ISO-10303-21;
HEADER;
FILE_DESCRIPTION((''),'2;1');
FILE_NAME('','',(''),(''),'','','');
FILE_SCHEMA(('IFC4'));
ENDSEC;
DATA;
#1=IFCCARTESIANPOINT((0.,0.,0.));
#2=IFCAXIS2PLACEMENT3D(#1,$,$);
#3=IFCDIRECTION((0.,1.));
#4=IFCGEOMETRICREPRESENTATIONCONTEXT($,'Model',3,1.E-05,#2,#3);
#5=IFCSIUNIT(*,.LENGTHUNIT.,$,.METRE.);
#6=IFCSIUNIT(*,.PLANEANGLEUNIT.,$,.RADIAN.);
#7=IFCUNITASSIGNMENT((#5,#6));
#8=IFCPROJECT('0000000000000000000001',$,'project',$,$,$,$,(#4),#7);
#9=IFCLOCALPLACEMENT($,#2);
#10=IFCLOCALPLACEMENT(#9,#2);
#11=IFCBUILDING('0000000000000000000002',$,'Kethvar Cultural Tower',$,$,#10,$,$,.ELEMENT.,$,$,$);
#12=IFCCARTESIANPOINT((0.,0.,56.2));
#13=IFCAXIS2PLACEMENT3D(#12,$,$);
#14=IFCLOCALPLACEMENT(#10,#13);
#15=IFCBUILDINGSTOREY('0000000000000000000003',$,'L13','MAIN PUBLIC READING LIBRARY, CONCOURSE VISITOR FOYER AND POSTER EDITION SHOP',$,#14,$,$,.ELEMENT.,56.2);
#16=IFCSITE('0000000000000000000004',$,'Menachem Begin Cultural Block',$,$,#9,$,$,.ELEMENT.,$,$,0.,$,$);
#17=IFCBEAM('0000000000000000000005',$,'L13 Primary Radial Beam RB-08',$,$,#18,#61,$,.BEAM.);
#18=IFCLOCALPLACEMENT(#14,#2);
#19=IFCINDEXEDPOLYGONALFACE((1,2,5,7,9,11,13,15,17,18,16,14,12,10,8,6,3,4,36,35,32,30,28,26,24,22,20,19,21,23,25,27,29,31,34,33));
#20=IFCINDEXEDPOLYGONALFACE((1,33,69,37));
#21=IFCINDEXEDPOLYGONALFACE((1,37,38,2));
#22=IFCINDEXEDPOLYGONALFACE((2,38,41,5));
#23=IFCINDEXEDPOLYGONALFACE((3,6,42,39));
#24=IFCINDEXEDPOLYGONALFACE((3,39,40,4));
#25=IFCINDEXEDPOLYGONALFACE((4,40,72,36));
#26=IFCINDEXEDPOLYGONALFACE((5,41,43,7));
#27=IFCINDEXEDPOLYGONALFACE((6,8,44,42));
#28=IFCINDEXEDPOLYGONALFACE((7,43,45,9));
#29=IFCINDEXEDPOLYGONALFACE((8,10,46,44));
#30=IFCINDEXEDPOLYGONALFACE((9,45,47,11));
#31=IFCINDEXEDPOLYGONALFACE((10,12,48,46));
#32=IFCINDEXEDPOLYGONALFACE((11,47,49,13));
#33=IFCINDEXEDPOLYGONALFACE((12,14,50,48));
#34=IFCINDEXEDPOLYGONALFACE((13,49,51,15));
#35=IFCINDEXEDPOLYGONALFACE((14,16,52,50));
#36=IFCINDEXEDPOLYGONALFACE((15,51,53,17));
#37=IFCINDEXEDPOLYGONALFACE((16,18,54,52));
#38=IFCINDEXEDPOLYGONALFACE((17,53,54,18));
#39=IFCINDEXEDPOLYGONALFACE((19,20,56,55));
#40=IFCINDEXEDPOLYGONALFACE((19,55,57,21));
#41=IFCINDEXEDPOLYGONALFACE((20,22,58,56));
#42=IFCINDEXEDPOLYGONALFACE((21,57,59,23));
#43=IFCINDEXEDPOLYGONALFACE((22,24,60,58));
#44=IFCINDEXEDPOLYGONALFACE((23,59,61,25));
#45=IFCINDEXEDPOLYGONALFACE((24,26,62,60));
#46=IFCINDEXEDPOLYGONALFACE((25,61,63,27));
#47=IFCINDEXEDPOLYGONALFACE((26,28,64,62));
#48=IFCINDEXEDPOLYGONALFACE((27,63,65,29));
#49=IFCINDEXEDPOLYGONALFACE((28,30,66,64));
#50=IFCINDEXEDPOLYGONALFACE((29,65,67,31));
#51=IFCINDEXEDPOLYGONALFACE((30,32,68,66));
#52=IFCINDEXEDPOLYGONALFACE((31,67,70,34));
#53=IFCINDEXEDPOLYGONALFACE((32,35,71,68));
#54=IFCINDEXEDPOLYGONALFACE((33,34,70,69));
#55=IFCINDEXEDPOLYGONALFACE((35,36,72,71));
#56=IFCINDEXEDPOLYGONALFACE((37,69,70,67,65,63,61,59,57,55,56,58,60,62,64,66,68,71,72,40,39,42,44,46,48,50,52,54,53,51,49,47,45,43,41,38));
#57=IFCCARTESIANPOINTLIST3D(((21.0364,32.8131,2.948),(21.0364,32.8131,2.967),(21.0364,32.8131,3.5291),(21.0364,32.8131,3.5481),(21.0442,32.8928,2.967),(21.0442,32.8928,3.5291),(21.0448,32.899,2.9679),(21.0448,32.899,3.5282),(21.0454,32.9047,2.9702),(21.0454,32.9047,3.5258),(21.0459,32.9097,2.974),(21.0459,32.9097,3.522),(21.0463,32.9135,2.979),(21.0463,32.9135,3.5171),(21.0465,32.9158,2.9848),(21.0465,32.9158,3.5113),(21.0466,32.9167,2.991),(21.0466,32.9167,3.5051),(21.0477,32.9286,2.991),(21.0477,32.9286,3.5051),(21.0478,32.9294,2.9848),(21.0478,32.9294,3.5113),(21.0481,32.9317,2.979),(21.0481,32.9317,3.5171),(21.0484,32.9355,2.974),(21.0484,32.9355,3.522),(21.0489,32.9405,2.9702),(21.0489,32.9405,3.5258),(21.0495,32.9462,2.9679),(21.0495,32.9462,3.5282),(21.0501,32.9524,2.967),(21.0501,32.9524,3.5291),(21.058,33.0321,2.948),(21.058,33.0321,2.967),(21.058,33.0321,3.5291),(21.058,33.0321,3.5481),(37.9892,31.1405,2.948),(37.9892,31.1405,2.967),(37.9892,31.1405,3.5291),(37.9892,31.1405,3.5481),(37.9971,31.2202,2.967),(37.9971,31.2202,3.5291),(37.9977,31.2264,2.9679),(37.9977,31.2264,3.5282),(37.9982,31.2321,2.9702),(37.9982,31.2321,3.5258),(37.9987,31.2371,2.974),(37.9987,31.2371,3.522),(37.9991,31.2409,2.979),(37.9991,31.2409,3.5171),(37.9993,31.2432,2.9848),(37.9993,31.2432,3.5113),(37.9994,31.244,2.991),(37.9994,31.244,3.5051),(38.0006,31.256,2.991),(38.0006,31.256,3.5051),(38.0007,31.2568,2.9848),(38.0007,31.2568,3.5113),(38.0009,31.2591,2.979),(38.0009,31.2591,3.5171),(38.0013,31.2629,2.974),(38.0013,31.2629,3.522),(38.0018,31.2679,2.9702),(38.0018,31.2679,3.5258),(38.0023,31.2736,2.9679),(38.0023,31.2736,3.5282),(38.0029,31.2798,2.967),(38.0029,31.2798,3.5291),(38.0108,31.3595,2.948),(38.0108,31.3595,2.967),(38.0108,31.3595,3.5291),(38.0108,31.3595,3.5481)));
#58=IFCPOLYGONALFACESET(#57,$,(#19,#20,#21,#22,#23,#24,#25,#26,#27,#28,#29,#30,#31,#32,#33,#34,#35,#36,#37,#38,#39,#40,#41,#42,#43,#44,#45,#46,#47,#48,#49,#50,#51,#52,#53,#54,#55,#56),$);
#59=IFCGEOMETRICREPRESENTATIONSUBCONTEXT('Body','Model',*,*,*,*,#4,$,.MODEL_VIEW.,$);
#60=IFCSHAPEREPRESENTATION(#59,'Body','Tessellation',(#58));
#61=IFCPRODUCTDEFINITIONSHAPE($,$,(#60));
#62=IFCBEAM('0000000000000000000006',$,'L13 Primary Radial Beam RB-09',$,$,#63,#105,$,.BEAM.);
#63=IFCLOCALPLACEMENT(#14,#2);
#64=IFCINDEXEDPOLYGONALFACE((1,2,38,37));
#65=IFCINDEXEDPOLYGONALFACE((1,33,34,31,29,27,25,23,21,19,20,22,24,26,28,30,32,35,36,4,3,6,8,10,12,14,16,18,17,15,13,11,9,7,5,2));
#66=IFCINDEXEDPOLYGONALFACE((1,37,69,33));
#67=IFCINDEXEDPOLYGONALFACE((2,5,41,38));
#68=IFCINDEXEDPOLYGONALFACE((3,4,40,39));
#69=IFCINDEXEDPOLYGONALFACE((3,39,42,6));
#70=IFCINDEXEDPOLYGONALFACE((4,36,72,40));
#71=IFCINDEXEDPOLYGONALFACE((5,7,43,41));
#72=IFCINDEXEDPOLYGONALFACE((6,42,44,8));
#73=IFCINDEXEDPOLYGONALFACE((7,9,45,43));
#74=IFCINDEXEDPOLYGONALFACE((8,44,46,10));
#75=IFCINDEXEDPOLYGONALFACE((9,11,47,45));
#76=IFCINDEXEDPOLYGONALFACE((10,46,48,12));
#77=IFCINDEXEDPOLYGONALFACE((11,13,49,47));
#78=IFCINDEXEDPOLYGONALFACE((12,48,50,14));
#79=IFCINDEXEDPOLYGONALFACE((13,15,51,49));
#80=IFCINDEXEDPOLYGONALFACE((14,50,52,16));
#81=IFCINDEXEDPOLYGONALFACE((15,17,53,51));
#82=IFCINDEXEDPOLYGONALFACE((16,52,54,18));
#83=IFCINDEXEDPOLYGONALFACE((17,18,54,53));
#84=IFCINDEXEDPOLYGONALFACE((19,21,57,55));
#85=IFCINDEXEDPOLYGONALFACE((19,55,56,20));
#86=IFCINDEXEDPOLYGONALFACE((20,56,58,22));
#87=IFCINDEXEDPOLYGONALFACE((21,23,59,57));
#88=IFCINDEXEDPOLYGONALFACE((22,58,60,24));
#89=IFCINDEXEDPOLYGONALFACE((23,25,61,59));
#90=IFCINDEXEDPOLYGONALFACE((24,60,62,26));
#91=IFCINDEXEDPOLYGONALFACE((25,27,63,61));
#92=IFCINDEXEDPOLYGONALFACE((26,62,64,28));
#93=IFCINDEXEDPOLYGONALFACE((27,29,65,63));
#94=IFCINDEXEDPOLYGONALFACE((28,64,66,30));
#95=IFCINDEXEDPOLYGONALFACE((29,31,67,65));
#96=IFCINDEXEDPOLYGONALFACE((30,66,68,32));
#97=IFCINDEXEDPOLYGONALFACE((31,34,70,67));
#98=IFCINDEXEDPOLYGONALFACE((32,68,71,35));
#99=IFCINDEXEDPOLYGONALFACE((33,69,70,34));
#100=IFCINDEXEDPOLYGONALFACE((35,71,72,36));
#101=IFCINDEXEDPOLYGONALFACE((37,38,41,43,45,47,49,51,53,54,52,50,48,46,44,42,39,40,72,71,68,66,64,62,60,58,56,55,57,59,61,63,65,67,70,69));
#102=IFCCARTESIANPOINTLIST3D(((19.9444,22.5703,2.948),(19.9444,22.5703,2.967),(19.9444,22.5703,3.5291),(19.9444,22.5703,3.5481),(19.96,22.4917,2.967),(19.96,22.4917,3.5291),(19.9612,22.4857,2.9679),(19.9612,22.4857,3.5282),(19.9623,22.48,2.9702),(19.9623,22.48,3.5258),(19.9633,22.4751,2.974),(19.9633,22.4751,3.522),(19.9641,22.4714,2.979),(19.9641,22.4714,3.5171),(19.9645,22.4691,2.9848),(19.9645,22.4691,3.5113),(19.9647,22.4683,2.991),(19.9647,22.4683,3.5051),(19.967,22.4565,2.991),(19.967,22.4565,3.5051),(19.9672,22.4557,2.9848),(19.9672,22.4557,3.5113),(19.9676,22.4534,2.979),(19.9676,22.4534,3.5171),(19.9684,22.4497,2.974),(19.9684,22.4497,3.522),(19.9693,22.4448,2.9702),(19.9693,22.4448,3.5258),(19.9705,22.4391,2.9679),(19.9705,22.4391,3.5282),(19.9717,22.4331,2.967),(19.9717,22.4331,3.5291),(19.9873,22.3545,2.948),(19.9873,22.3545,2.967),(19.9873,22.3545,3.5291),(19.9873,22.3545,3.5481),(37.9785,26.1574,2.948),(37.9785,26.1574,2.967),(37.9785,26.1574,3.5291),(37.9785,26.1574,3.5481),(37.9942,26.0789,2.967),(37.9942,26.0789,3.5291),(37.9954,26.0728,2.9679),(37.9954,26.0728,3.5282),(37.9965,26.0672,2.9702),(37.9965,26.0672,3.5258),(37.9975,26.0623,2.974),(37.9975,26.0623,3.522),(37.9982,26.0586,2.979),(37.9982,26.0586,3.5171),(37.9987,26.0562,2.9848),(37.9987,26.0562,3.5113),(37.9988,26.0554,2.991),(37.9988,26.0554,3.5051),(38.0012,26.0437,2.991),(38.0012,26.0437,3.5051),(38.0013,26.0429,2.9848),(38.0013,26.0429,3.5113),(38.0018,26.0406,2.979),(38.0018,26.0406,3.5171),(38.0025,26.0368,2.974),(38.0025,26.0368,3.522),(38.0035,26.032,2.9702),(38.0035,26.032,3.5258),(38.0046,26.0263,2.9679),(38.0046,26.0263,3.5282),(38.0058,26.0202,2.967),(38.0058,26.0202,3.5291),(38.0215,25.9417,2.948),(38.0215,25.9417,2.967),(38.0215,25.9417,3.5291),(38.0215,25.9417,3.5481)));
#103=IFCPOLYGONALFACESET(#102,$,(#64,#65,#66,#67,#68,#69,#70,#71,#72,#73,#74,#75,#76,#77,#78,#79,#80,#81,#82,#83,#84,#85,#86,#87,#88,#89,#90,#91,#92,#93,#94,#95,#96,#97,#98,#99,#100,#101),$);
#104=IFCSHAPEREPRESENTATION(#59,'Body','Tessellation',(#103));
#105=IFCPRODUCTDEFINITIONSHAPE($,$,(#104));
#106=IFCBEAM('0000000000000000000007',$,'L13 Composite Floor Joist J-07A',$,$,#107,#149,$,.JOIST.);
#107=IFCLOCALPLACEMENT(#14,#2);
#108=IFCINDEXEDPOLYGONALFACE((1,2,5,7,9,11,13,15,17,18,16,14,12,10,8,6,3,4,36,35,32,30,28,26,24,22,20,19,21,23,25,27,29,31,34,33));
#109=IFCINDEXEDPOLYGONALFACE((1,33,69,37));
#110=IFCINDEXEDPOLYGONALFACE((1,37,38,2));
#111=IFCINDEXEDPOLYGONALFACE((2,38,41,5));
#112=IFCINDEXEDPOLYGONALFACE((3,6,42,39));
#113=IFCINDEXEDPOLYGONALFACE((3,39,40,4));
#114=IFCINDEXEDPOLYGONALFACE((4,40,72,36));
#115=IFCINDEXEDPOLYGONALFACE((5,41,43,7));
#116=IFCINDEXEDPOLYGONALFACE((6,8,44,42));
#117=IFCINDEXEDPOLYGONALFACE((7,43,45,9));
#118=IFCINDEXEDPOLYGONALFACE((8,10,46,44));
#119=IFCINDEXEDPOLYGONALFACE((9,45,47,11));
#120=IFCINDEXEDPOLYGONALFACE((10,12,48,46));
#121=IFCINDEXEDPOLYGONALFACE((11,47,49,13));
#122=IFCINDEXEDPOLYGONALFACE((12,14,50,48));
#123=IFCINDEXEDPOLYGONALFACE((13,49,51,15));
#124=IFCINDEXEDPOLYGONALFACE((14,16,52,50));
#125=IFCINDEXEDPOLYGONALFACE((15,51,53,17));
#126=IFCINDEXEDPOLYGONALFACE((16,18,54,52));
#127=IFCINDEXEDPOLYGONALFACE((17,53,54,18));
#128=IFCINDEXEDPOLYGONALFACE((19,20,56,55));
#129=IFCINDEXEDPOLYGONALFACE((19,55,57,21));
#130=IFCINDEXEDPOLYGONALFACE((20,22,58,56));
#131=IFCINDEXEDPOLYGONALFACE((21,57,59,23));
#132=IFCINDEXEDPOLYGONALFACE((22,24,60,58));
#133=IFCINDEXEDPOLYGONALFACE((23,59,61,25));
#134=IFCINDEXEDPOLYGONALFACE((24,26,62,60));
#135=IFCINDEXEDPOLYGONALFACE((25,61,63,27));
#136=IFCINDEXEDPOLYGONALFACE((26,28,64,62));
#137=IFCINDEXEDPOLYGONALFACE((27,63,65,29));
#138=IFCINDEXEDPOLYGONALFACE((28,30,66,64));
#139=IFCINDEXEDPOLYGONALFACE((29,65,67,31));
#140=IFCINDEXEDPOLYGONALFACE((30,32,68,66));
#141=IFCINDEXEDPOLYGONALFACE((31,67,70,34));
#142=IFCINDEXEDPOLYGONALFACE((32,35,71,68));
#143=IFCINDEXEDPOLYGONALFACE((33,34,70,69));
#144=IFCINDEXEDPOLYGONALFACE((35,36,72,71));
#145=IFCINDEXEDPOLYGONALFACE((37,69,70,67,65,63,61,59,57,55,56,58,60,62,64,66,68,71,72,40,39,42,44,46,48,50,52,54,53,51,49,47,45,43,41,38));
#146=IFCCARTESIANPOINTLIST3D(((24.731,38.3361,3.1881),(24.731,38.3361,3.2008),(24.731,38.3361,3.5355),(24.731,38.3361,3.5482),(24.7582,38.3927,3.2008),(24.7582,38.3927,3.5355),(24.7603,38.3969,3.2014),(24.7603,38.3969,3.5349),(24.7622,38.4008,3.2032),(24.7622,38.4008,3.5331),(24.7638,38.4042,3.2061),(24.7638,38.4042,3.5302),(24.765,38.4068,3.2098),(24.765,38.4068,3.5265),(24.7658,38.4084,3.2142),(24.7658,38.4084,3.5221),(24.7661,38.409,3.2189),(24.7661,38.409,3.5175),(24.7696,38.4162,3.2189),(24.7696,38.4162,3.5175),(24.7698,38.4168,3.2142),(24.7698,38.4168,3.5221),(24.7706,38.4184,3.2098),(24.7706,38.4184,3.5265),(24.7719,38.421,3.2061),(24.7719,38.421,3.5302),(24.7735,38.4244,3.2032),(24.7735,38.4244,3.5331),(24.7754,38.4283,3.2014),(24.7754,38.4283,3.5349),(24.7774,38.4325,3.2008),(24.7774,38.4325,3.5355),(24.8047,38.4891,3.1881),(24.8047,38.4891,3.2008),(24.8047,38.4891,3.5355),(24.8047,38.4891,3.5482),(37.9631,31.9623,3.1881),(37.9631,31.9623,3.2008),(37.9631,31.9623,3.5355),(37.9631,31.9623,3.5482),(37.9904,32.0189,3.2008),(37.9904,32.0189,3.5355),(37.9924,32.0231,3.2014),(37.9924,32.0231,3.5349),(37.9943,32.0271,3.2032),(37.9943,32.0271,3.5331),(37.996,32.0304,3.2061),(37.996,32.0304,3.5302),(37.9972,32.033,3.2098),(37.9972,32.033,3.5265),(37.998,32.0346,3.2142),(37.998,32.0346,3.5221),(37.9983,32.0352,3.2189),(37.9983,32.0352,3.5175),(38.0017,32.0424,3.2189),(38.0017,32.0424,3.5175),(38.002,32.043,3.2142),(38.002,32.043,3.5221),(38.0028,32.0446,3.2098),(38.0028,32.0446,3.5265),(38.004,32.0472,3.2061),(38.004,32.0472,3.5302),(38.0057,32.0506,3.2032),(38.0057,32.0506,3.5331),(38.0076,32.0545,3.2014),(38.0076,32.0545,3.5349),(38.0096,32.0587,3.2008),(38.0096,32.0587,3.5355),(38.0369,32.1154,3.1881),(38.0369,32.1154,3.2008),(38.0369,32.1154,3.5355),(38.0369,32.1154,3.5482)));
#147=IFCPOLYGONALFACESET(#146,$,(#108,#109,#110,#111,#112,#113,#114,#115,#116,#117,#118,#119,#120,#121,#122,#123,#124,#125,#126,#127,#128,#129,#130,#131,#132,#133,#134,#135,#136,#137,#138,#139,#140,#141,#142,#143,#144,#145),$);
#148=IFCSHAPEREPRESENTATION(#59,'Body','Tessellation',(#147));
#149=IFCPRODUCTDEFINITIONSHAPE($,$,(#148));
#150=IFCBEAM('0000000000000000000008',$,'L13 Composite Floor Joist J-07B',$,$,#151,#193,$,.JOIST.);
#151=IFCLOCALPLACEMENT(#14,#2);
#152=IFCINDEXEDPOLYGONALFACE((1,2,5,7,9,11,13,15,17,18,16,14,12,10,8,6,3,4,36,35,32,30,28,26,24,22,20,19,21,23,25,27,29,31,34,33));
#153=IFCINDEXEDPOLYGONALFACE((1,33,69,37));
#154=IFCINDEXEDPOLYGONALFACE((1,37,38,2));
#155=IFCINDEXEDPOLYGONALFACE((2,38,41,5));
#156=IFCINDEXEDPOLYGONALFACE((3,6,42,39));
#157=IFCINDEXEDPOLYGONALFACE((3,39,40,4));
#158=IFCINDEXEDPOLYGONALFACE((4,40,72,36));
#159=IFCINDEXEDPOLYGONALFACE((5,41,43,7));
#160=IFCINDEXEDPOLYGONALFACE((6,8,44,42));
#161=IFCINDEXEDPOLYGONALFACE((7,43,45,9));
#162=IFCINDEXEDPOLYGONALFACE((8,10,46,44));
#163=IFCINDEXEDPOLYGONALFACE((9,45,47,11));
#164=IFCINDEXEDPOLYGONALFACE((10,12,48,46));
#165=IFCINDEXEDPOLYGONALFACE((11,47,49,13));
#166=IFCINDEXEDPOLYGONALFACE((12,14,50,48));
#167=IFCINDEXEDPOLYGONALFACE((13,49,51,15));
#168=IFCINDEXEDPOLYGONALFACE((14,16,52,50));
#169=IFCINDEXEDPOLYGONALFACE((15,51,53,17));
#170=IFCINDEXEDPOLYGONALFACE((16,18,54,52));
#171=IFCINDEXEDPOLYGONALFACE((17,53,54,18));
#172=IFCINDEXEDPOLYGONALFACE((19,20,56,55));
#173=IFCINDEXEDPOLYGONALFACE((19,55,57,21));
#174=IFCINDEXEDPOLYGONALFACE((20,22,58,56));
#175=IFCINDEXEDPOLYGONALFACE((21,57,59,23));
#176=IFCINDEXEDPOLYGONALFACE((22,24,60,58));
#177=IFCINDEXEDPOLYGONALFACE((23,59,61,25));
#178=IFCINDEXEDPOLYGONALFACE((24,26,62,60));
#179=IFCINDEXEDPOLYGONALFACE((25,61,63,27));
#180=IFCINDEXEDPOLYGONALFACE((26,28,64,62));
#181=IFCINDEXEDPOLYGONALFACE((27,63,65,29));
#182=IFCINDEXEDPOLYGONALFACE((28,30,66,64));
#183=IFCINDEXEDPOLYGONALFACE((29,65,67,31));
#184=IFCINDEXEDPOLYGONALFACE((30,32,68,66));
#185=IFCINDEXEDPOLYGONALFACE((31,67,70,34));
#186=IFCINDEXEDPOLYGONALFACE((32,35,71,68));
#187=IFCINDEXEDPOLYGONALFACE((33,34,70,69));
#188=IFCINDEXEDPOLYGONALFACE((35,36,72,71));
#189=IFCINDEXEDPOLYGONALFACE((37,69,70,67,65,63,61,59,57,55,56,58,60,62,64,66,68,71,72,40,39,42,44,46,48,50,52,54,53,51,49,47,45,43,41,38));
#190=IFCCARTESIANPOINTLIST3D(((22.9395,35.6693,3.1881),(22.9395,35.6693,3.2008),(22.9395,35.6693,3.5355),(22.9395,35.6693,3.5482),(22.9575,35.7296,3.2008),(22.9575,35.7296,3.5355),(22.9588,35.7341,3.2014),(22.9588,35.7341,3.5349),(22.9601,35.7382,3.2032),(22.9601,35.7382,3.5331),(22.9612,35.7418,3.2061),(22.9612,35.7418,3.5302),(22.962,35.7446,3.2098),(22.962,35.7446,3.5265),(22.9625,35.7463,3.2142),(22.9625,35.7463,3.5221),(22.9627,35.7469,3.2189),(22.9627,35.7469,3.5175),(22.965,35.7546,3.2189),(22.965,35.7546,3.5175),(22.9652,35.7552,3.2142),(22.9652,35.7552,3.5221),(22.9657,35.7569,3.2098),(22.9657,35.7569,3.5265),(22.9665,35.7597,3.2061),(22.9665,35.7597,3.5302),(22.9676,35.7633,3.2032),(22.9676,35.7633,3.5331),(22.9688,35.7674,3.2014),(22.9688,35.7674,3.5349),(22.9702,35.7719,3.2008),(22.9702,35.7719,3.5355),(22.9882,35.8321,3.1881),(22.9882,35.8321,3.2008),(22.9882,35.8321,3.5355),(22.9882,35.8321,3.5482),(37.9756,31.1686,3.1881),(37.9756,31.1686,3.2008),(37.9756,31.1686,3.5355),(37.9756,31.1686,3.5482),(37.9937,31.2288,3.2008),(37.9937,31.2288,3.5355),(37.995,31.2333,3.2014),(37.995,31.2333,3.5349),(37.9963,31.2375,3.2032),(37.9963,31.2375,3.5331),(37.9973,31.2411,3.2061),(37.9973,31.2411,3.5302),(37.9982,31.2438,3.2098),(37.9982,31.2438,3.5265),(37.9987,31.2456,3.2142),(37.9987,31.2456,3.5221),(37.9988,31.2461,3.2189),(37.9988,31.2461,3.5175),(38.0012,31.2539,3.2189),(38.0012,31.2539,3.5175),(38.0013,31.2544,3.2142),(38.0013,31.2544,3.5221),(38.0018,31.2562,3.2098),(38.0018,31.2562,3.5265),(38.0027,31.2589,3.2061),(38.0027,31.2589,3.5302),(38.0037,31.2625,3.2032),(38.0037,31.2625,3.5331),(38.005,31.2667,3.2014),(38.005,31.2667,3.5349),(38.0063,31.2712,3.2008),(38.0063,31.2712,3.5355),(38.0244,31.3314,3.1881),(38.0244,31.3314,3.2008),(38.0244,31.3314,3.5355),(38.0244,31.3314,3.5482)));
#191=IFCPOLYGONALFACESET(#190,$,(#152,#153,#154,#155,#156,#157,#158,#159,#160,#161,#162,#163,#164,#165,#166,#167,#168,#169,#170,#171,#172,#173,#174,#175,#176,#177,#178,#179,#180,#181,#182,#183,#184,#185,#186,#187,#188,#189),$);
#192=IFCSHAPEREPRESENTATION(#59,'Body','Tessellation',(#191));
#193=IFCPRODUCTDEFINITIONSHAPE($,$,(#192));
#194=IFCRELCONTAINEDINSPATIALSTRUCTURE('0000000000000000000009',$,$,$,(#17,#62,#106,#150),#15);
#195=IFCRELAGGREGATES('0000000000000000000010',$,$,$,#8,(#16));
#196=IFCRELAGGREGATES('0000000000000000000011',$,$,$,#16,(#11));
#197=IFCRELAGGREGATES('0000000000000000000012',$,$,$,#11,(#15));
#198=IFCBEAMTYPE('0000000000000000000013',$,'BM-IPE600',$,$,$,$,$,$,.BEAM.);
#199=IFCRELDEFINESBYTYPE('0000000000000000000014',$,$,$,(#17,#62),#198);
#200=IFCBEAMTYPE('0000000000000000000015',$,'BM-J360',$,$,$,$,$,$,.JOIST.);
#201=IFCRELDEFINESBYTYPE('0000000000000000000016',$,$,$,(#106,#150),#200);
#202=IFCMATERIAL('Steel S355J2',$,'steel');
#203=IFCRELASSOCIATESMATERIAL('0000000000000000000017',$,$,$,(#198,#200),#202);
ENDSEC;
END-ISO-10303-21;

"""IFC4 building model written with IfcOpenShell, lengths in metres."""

from ifc_helpers import new_model, si_unit, direction, frame, origin, origin_2d, place, context, subcontext, project, spatial, i_section, extrude, source, transform, mapped, material, material_profile, profile_set, type_object, element, save


model = new_model("IFC4")

# Units and contexts
model_context = context("Model", 3, precision=1e-05, world=origin(), true_north=direction((0.0, 1.0)))
body_context = subcontext(model_context, "Body", "Model", "MODEL_VIEW")
ifc_project = project(units=[si_unit("LENGTHUNIT", "METRE"), si_unit("PLANEANGLEUNIT", "RADIAN")], contexts=[model_context])

# Site, building, storey
site_placement = place(None, origin())
site = spatial("IfcSite", under=ifc_project, at=site_placement, Name="Menachem Begin Cultural Block", CompositionType="ELEMENT", RefElevation=0.0)
building_placement = place(site_placement, origin())
building = spatial("IfcBuilding", under=site, at=building_placement, Name="Kethvar Cultural Tower", CompositionType="ELEMENT")
storey_placement = place(building_placement, frame((0.0, 0.0, 56.2)))
storey = spatial("IfcBuildingStorey", under=building, at=storey_placement, Name="L13", Description="MAIN PUBLIC READING LIBRARY, CONCOURSE VISITOR FOYER AND POSTER EDITION SHOP", CompositionType="ELEMENT", Elevation=56.2)

# Beams
ifc_material_1 = material(Name="Steel S355J2", Category="steel")
ifc_material_profile_1 = material_profile(ifc_material_1, i_section(OverallWidth=0.22, OverallDepth=0.6001, WebThickness=0.012, FlangeThickness=0.019, FilletRadius=0.0239, at=origin_2d()), Name="Steel S355J2 — IPE600")
ifc_profile_set_1 = profile_set([ifc_material_profile_1], Name="Steel S355J2 — IPE600")
beam_type_1 = type_object("IfcBeamType", Name="BM-IPE600", PredefinedType="BEAM", material=ifc_profile_set_1)
shared_shape_1 = source(origin(), body_context, "Body", "SweptSolid", [
    extrude(i_section(OverallWidth=0.22, OverallDepth=0.6001, WebThickness=0.012, FlangeThickness=0.019, FilletRadius=0.0239, at=origin_2d()), origin(), (0.0, 0.0, 1.0), 17.0352),
])
beam_1_placement = place(storey_placement, frame((38.0, 31.25, 3.248), z_axis=(-0.995168, 0.098185, 0.0), x_axis=(-0.098185, -0.995168, 0.0)))
element("IfcBeam", 1, at=beam_1_placement, inside=storey, type_object=beam_type_1, Name="L13 Primary Radial Beam RB-08", PredefinedType="BEAM", context=body_context, shape_type="MappedRepresentation", body=[
    mapped(shared_shape_1, transform((0.0, 0.0, 0.0), scale=1.0)),
])
shared_shape_2 = source(origin(), body_context, "Body", "SweptSolid", [
    extrude(i_section(OverallWidth=0.22, OverallDepth=0.6001, WebThickness=0.012, FlangeThickness=0.019, FilletRadius=0.0239, at=origin_2d()), origin(), (0.0, 0.0, 1.0), 18.3875),
])
beam_2_placement = place(storey_placement, frame((38.0, 26.0496, 3.248), z_axis=(-0.980786, -0.195087, 0.0), x_axis=(0.195087, -0.980786, 0.0)))
element("IfcBeam", 2, at=beam_2_placement, inside=storey, type_object=beam_type_1, Name="L13 Primary Radial Beam RB-09", PredefinedType="BEAM", context=body_context, shape_type="MappedRepresentation", body=[
    mapped(shared_shape_2, transform((0.0, 0.0, 0.0), scale=1.0)),
])
ifc_material_profile_2 = material_profile(ifc_material_1, i_section(OverallWidth=0.1699, OverallDepth=0.3601, WebThickness=0.0081, FlangeThickness=0.0127, FilletRadius=0.0181, at=origin_2d()), Name="Steel S355J2 — IPE360")
ifc_profile_set_2 = profile_set([ifc_material_profile_2], Name="Steel S355J2 — IPE360")
beam_type_2 = type_object("IfcBeamType", Name="BM-J360", PredefinedType="JOIST", material=ifc_profile_set_2)
shared_shape_3 = source(origin(), body_context, "Body", "SweptSolid", [
    extrude(i_section(OverallWidth=0.1699, OverallDepth=0.3601, WebThickness=0.0081, FlangeThickness=0.0127, FilletRadius=0.0181, at=origin_2d()), origin(), (0.0, 0.0, 1.0), 14.6873),
])
beam_3_placement = place(storey_placement, frame((38.0, 32.0388, 3.3682), z_axis=(-0.900929, 0.433967, 0.0), x_axis=(-0.433967, -0.900929, 0.0)))
element("IfcBeam", 3, at=beam_3_placement, inside=storey, type_object=beam_type_2, Name="L13 Composite Floor Joist J-07A", PredefinedType="JOIST", context=body_context, shape_type="MappedRepresentation", body=[
    mapped(shared_shape_3, transform((0.0, 0.0, 0.0), scale=1.0)),
])
shared_shape_4 = source(origin(), body_context, "Body", "SweptSolid", [
    extrude(i_section(OverallWidth=0.1699, OverallDepth=0.3601, WebThickness=0.0081, FlangeThickness=0.0127, FilletRadius=0.0181, at=origin_2d()), origin(), (0.0, 0.0, 1.0), 15.6953),
])
beam_4_placement = place(storey_placement, frame((38.0, 31.25, 3.3682), z_axis=(-0.958003, 0.286757, 0.0), x_axis=(-0.286757, -0.958003, 0.0)))
element("IfcBeam", 4, at=beam_4_placement, inside=storey, type_object=beam_type_2, Name="L13 Composite Floor Joist J-07B", PredefinedType="JOIST", context=body_context, shape_type="MappedRepresentation", body=[
    mapped(shared_shape_4, transform((0.0, 0.0, 0.0), scale=1.0)),
])

save(model, "model.ifc")
